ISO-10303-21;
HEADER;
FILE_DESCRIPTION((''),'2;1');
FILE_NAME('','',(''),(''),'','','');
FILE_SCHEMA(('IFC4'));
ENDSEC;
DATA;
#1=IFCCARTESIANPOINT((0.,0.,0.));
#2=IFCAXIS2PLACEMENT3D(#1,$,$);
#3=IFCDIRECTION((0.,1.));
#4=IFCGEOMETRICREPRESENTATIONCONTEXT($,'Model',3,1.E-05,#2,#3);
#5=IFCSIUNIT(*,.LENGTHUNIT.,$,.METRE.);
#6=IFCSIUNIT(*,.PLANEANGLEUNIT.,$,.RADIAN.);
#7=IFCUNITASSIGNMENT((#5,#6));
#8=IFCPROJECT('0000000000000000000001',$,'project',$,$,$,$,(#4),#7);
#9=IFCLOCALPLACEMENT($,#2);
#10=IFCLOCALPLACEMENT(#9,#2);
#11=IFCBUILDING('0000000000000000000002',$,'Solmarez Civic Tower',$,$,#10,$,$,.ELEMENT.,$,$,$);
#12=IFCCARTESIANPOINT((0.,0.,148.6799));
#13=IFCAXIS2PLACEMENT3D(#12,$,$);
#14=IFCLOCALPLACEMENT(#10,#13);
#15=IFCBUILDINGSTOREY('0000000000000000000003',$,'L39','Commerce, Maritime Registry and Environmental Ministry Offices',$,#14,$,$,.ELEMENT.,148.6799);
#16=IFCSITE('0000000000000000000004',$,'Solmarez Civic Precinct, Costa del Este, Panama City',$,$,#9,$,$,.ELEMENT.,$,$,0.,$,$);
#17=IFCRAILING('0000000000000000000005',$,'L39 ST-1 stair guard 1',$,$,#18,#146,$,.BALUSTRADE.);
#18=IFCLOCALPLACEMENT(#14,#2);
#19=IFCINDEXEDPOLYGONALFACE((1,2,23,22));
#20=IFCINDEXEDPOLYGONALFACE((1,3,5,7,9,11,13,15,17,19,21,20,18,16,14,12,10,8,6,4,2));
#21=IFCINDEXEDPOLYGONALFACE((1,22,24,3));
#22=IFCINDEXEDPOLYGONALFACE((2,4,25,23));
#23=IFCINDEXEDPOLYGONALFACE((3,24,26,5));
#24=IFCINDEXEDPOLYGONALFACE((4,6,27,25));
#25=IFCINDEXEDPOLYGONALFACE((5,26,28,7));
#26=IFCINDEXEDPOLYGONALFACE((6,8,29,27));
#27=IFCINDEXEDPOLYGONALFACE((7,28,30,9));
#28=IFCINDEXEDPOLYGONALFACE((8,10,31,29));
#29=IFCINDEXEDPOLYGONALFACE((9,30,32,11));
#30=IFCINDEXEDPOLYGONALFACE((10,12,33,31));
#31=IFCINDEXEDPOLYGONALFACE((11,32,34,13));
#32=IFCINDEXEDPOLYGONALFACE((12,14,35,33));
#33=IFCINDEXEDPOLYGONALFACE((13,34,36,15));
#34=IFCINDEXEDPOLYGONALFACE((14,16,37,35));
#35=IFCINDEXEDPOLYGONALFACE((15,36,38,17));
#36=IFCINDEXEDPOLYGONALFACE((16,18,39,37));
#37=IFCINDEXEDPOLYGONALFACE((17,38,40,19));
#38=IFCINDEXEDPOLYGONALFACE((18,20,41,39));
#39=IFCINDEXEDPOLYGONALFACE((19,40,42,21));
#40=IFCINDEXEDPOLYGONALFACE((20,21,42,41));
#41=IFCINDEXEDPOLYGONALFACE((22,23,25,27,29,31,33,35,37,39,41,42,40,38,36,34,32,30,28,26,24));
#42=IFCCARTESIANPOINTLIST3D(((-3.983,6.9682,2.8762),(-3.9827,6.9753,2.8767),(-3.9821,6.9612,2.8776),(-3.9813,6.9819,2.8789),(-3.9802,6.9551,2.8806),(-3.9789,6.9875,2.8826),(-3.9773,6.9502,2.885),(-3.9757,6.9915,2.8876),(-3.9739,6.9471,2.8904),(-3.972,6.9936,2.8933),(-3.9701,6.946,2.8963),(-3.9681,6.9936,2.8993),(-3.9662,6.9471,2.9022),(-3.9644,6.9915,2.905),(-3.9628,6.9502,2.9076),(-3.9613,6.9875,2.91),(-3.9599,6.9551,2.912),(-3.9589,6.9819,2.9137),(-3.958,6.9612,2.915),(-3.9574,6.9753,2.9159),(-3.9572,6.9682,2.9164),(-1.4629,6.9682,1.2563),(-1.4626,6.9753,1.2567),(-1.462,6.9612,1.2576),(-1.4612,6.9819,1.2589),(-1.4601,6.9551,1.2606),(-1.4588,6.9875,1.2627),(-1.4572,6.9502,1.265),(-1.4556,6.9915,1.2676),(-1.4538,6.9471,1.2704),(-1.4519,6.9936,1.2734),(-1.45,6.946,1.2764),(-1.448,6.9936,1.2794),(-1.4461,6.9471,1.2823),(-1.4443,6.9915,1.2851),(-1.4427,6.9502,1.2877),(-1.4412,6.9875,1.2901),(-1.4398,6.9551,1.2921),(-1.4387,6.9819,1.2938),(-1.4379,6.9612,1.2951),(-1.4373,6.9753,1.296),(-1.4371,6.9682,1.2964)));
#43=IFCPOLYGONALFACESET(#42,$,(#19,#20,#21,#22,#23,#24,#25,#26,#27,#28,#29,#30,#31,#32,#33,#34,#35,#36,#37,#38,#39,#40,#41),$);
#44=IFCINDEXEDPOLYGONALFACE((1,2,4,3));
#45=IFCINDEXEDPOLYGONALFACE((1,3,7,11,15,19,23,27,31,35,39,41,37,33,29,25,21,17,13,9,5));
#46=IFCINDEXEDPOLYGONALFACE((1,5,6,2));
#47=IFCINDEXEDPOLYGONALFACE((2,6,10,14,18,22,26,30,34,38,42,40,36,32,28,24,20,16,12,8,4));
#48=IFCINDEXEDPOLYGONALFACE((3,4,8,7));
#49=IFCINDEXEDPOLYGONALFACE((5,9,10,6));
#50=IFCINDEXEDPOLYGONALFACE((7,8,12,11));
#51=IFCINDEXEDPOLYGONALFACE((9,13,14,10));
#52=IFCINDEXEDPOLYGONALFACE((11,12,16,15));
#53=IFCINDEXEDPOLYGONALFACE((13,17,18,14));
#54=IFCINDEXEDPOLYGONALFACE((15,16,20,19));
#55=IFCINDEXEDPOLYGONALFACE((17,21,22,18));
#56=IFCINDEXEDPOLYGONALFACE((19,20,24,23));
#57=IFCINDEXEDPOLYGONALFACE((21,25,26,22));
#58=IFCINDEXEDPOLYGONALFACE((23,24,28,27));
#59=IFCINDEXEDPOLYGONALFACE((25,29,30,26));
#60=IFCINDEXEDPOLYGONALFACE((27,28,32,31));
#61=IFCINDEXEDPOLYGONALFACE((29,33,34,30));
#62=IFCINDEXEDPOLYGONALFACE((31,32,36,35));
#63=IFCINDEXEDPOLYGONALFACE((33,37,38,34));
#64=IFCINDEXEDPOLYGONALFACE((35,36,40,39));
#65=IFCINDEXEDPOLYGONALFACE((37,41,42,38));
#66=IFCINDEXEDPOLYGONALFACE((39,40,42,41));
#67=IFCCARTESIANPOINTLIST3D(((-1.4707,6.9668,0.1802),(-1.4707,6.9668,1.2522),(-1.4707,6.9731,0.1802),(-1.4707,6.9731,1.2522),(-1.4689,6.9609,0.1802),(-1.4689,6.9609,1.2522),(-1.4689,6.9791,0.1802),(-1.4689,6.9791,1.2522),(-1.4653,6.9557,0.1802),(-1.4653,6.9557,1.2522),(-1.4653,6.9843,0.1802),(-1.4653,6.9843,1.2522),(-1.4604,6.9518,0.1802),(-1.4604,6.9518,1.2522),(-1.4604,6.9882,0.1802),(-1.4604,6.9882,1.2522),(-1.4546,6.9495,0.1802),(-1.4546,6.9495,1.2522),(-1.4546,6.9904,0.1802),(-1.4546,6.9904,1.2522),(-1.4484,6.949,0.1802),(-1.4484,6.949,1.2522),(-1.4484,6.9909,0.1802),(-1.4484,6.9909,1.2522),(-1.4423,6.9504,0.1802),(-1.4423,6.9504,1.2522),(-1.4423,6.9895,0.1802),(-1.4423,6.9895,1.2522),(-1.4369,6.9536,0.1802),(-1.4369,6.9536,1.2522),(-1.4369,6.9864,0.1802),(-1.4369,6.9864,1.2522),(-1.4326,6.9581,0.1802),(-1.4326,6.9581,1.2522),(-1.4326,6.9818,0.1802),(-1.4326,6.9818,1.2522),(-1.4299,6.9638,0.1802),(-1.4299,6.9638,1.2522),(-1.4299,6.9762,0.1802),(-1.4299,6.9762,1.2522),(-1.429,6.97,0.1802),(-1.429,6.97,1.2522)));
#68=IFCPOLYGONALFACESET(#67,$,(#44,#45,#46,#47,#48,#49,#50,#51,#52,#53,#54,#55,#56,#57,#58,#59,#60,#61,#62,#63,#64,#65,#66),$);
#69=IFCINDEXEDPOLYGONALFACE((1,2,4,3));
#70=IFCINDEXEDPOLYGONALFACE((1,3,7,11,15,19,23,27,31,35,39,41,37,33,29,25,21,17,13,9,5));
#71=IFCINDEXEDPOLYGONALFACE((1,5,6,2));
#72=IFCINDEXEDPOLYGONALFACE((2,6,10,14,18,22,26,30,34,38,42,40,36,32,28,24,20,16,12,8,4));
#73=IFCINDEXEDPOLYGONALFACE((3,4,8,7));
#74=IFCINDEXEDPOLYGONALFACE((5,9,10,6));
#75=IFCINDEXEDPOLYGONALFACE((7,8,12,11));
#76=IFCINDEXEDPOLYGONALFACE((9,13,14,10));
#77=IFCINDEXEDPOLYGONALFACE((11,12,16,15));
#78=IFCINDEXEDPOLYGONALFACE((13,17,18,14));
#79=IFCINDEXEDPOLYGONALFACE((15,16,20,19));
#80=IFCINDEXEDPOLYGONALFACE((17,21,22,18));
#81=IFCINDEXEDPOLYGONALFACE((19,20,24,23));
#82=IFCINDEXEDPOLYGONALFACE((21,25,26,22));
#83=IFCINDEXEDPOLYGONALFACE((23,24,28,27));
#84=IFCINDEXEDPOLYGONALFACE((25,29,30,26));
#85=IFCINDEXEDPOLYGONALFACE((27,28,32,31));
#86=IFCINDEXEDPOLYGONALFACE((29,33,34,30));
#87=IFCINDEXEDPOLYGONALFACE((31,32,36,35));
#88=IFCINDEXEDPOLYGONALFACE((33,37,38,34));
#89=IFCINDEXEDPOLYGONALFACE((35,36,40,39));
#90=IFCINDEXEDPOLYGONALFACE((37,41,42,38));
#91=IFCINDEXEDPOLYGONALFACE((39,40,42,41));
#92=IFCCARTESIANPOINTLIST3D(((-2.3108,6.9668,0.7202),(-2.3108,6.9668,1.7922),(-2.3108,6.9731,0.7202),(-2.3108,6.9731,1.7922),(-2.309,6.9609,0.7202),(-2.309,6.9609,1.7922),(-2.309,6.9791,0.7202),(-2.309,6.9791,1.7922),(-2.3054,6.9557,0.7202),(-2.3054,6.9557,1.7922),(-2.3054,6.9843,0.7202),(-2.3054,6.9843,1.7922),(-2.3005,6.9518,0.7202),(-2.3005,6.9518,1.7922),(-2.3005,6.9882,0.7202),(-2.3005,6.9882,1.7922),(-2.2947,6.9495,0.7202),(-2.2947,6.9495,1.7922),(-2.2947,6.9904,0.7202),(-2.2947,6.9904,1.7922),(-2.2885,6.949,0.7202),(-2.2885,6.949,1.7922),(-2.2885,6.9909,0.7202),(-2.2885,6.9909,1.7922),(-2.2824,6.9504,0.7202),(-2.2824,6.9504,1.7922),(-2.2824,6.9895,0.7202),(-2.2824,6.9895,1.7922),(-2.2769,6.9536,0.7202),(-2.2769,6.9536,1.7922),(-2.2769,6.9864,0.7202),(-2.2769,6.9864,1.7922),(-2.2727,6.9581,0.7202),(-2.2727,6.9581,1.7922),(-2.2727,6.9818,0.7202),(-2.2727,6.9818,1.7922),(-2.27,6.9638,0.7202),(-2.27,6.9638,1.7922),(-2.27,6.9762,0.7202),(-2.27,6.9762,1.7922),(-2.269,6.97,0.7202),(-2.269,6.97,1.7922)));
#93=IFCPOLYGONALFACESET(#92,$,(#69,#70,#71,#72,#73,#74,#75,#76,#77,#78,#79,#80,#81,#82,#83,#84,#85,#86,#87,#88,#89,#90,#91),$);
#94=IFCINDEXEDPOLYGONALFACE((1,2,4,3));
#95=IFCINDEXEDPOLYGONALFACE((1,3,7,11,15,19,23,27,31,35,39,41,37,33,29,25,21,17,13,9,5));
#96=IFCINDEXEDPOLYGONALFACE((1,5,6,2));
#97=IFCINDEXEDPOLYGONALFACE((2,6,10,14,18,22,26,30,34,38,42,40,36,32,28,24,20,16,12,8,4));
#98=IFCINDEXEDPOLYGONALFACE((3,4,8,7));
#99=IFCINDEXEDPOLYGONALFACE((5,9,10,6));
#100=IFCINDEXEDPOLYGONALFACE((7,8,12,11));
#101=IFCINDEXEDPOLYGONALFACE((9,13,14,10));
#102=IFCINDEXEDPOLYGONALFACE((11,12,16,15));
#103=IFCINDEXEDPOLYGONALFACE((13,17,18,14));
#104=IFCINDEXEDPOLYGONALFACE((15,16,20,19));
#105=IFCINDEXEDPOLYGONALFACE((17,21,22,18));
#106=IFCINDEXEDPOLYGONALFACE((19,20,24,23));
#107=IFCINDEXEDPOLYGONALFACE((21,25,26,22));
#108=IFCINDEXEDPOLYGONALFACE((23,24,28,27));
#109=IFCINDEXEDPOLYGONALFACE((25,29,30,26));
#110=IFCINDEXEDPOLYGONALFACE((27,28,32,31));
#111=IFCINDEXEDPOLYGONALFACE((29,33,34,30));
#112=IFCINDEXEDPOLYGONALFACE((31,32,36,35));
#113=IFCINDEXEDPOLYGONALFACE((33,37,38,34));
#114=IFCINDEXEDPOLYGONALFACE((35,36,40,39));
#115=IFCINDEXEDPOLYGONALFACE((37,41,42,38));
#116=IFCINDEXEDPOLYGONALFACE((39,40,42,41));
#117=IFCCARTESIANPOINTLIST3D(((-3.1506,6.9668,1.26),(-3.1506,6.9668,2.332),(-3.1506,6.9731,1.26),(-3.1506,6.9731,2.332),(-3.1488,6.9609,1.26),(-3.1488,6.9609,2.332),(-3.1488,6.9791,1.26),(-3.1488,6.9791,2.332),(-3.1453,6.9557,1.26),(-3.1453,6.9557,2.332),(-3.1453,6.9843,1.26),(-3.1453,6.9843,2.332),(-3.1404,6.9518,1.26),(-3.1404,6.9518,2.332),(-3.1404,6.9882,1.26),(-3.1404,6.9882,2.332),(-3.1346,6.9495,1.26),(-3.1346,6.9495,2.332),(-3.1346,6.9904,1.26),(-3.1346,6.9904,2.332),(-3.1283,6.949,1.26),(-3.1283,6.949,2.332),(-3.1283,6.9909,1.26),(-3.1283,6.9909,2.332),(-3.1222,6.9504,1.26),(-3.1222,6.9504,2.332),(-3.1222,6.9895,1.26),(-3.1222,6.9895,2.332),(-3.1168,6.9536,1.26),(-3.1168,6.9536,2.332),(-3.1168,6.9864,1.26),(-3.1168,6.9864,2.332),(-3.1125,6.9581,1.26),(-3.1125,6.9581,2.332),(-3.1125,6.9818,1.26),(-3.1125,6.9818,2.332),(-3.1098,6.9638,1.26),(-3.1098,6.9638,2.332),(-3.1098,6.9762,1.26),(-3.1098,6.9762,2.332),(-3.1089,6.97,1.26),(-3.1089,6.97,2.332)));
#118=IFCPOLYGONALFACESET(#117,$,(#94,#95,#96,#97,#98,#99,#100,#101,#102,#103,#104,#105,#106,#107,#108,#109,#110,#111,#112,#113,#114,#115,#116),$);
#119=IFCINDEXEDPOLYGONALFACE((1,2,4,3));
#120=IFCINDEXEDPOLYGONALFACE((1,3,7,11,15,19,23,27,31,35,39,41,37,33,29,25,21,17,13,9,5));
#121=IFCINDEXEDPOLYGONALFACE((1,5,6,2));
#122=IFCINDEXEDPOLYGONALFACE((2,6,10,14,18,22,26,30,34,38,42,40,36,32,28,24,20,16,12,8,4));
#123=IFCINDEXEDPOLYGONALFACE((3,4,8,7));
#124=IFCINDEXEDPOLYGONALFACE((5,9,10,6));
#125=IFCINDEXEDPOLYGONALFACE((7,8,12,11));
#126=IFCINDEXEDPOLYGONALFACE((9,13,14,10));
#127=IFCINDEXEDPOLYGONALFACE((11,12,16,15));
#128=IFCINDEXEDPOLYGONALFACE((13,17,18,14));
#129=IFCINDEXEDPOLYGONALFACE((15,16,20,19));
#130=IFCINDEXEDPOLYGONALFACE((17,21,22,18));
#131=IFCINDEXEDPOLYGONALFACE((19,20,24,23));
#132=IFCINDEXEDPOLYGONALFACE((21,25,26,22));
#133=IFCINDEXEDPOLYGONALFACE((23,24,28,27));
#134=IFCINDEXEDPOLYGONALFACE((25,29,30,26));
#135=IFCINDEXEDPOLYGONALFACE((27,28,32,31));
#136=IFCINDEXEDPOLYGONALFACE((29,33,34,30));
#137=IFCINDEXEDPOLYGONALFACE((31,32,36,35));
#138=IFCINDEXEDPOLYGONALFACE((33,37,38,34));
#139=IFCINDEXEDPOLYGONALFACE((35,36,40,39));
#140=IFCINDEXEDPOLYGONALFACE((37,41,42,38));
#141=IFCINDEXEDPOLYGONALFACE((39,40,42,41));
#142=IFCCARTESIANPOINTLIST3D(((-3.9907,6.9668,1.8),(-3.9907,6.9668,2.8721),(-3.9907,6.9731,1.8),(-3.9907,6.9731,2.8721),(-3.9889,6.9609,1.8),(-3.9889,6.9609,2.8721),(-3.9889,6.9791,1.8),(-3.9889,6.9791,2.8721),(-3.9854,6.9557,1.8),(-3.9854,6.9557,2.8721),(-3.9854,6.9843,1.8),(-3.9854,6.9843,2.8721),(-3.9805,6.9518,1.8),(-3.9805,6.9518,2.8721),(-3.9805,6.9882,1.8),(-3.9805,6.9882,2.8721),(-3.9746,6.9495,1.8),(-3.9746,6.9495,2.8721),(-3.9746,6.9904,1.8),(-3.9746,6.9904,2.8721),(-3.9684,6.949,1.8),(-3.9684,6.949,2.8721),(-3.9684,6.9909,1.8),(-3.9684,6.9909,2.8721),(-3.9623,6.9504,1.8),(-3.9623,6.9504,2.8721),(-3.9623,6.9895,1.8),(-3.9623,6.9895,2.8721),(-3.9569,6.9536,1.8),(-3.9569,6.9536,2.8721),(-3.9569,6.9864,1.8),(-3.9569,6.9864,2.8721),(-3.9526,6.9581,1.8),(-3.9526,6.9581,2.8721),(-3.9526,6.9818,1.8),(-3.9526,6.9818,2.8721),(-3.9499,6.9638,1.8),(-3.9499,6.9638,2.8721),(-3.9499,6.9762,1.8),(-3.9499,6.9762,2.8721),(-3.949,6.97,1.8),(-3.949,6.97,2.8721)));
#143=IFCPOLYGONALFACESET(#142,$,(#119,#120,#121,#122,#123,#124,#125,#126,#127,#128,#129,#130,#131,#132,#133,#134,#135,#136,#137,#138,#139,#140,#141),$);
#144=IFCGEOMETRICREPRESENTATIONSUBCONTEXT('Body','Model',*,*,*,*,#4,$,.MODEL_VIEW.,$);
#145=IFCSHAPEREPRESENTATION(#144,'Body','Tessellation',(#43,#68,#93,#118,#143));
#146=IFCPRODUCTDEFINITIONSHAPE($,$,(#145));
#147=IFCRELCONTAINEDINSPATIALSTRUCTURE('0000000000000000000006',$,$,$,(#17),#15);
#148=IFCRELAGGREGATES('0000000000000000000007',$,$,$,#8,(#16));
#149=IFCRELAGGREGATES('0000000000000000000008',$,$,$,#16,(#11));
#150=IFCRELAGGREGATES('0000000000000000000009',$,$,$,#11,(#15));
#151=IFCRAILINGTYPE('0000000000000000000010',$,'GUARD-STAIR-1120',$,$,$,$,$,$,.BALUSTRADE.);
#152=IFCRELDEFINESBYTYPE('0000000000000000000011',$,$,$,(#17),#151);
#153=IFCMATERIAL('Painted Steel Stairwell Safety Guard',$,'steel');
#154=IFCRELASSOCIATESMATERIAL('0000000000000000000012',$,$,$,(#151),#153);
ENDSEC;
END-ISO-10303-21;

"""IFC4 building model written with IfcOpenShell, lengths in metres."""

from ifc_helpers import new_model, si_unit, direction, frame, origin, origin_2d, place, context, subcontext, project, spatial, circle, extrude, material, type_object, element, save


model = new_model("IFC4")

# Units and contexts
model_context = context("Model", 3, precision=1e-05, world=origin(), true_north=direction((0.0, 1.0)))
body_context = subcontext(model_context, "Body", "Model", "MODEL_VIEW")
ifc_project = project(units=[si_unit("LENGTHUNIT", "METRE"), si_unit("PLANEANGLEUNIT", "RADIAN")], contexts=[model_context])

# Site, building, storey
site_placement = place(None, origin())
site = spatial("IfcSite", under=ifc_project, at=site_placement, Name="Solmarez Civic Precinct, Costa del Este, Panama City", CompositionType="ELEMENT", RefElevation=0.0)
building_placement = place(site_placement, origin())
building = spatial("IfcBuilding", under=site, at=building_placement, Name="Solmarez Civic Tower", CompositionType="ELEMENT")
storey_placement = place(building_placement, frame((0.0, 0.0, 148.6799)))
storey = spatial("IfcBuildingStorey", under=building, at=storey_placement, Name="L39", Description="Commerce, Maritime Registry and Environmental Ministry Offices", CompositionType="ELEMENT", Elevation=148.6799)

# Railing
ifc_material_1 = material(Name="Painted Steel Stairwell Safety Guard", Category="steel")
railing_type = type_object("IfcRailingType", Name="GUARD-STAIR-1120", PredefinedType="BALUSTRADE", material=ifc_material_1)
railing_1_placement = place(storey_placement, frame((-1.45, 6.97, 0.1802)))
element("IfcRailing", 1, at=railing_1_placement, inside=storey, type_object=railing_type, Name="L39 ST-1 stair guard 1", PredefinedType="BALUSTRADE", context=body_context, shape_type="SweptSolid", body=[
    extrude(circle(Radius=0.0239, at=origin_2d()), frame((0.0, 0.0, 1.0962), z_axis=(-0.8412, 0.0, 0.540725), x_axis=(0.0, -1.0, 0.0)), (0.0, 0.0, 1.0), 2.9958),
    extrude(circle(Radius=0.021, at=origin_2d()), origin(), (0.0, 0.0, 1.0), 1.072),
    extrude(circle(Radius=0.021, at=origin_2d()), frame((-0.8401, 0.0, 0.54)), (0.0, 0.0, 1.0), 1.072),
    extrude(circle(Radius=0.021, at=origin_2d()), frame((-1.6799, 0.0, 1.0798)), (0.0, 0.0, 1.0), 1.072),
    extrude(circle(Radius=0.021, at=origin_2d()), frame((-2.52, 0.0, 1.6199)), (0.0, 0.0, 1.0), 1.072),
])

save(model, "model.ifc")
